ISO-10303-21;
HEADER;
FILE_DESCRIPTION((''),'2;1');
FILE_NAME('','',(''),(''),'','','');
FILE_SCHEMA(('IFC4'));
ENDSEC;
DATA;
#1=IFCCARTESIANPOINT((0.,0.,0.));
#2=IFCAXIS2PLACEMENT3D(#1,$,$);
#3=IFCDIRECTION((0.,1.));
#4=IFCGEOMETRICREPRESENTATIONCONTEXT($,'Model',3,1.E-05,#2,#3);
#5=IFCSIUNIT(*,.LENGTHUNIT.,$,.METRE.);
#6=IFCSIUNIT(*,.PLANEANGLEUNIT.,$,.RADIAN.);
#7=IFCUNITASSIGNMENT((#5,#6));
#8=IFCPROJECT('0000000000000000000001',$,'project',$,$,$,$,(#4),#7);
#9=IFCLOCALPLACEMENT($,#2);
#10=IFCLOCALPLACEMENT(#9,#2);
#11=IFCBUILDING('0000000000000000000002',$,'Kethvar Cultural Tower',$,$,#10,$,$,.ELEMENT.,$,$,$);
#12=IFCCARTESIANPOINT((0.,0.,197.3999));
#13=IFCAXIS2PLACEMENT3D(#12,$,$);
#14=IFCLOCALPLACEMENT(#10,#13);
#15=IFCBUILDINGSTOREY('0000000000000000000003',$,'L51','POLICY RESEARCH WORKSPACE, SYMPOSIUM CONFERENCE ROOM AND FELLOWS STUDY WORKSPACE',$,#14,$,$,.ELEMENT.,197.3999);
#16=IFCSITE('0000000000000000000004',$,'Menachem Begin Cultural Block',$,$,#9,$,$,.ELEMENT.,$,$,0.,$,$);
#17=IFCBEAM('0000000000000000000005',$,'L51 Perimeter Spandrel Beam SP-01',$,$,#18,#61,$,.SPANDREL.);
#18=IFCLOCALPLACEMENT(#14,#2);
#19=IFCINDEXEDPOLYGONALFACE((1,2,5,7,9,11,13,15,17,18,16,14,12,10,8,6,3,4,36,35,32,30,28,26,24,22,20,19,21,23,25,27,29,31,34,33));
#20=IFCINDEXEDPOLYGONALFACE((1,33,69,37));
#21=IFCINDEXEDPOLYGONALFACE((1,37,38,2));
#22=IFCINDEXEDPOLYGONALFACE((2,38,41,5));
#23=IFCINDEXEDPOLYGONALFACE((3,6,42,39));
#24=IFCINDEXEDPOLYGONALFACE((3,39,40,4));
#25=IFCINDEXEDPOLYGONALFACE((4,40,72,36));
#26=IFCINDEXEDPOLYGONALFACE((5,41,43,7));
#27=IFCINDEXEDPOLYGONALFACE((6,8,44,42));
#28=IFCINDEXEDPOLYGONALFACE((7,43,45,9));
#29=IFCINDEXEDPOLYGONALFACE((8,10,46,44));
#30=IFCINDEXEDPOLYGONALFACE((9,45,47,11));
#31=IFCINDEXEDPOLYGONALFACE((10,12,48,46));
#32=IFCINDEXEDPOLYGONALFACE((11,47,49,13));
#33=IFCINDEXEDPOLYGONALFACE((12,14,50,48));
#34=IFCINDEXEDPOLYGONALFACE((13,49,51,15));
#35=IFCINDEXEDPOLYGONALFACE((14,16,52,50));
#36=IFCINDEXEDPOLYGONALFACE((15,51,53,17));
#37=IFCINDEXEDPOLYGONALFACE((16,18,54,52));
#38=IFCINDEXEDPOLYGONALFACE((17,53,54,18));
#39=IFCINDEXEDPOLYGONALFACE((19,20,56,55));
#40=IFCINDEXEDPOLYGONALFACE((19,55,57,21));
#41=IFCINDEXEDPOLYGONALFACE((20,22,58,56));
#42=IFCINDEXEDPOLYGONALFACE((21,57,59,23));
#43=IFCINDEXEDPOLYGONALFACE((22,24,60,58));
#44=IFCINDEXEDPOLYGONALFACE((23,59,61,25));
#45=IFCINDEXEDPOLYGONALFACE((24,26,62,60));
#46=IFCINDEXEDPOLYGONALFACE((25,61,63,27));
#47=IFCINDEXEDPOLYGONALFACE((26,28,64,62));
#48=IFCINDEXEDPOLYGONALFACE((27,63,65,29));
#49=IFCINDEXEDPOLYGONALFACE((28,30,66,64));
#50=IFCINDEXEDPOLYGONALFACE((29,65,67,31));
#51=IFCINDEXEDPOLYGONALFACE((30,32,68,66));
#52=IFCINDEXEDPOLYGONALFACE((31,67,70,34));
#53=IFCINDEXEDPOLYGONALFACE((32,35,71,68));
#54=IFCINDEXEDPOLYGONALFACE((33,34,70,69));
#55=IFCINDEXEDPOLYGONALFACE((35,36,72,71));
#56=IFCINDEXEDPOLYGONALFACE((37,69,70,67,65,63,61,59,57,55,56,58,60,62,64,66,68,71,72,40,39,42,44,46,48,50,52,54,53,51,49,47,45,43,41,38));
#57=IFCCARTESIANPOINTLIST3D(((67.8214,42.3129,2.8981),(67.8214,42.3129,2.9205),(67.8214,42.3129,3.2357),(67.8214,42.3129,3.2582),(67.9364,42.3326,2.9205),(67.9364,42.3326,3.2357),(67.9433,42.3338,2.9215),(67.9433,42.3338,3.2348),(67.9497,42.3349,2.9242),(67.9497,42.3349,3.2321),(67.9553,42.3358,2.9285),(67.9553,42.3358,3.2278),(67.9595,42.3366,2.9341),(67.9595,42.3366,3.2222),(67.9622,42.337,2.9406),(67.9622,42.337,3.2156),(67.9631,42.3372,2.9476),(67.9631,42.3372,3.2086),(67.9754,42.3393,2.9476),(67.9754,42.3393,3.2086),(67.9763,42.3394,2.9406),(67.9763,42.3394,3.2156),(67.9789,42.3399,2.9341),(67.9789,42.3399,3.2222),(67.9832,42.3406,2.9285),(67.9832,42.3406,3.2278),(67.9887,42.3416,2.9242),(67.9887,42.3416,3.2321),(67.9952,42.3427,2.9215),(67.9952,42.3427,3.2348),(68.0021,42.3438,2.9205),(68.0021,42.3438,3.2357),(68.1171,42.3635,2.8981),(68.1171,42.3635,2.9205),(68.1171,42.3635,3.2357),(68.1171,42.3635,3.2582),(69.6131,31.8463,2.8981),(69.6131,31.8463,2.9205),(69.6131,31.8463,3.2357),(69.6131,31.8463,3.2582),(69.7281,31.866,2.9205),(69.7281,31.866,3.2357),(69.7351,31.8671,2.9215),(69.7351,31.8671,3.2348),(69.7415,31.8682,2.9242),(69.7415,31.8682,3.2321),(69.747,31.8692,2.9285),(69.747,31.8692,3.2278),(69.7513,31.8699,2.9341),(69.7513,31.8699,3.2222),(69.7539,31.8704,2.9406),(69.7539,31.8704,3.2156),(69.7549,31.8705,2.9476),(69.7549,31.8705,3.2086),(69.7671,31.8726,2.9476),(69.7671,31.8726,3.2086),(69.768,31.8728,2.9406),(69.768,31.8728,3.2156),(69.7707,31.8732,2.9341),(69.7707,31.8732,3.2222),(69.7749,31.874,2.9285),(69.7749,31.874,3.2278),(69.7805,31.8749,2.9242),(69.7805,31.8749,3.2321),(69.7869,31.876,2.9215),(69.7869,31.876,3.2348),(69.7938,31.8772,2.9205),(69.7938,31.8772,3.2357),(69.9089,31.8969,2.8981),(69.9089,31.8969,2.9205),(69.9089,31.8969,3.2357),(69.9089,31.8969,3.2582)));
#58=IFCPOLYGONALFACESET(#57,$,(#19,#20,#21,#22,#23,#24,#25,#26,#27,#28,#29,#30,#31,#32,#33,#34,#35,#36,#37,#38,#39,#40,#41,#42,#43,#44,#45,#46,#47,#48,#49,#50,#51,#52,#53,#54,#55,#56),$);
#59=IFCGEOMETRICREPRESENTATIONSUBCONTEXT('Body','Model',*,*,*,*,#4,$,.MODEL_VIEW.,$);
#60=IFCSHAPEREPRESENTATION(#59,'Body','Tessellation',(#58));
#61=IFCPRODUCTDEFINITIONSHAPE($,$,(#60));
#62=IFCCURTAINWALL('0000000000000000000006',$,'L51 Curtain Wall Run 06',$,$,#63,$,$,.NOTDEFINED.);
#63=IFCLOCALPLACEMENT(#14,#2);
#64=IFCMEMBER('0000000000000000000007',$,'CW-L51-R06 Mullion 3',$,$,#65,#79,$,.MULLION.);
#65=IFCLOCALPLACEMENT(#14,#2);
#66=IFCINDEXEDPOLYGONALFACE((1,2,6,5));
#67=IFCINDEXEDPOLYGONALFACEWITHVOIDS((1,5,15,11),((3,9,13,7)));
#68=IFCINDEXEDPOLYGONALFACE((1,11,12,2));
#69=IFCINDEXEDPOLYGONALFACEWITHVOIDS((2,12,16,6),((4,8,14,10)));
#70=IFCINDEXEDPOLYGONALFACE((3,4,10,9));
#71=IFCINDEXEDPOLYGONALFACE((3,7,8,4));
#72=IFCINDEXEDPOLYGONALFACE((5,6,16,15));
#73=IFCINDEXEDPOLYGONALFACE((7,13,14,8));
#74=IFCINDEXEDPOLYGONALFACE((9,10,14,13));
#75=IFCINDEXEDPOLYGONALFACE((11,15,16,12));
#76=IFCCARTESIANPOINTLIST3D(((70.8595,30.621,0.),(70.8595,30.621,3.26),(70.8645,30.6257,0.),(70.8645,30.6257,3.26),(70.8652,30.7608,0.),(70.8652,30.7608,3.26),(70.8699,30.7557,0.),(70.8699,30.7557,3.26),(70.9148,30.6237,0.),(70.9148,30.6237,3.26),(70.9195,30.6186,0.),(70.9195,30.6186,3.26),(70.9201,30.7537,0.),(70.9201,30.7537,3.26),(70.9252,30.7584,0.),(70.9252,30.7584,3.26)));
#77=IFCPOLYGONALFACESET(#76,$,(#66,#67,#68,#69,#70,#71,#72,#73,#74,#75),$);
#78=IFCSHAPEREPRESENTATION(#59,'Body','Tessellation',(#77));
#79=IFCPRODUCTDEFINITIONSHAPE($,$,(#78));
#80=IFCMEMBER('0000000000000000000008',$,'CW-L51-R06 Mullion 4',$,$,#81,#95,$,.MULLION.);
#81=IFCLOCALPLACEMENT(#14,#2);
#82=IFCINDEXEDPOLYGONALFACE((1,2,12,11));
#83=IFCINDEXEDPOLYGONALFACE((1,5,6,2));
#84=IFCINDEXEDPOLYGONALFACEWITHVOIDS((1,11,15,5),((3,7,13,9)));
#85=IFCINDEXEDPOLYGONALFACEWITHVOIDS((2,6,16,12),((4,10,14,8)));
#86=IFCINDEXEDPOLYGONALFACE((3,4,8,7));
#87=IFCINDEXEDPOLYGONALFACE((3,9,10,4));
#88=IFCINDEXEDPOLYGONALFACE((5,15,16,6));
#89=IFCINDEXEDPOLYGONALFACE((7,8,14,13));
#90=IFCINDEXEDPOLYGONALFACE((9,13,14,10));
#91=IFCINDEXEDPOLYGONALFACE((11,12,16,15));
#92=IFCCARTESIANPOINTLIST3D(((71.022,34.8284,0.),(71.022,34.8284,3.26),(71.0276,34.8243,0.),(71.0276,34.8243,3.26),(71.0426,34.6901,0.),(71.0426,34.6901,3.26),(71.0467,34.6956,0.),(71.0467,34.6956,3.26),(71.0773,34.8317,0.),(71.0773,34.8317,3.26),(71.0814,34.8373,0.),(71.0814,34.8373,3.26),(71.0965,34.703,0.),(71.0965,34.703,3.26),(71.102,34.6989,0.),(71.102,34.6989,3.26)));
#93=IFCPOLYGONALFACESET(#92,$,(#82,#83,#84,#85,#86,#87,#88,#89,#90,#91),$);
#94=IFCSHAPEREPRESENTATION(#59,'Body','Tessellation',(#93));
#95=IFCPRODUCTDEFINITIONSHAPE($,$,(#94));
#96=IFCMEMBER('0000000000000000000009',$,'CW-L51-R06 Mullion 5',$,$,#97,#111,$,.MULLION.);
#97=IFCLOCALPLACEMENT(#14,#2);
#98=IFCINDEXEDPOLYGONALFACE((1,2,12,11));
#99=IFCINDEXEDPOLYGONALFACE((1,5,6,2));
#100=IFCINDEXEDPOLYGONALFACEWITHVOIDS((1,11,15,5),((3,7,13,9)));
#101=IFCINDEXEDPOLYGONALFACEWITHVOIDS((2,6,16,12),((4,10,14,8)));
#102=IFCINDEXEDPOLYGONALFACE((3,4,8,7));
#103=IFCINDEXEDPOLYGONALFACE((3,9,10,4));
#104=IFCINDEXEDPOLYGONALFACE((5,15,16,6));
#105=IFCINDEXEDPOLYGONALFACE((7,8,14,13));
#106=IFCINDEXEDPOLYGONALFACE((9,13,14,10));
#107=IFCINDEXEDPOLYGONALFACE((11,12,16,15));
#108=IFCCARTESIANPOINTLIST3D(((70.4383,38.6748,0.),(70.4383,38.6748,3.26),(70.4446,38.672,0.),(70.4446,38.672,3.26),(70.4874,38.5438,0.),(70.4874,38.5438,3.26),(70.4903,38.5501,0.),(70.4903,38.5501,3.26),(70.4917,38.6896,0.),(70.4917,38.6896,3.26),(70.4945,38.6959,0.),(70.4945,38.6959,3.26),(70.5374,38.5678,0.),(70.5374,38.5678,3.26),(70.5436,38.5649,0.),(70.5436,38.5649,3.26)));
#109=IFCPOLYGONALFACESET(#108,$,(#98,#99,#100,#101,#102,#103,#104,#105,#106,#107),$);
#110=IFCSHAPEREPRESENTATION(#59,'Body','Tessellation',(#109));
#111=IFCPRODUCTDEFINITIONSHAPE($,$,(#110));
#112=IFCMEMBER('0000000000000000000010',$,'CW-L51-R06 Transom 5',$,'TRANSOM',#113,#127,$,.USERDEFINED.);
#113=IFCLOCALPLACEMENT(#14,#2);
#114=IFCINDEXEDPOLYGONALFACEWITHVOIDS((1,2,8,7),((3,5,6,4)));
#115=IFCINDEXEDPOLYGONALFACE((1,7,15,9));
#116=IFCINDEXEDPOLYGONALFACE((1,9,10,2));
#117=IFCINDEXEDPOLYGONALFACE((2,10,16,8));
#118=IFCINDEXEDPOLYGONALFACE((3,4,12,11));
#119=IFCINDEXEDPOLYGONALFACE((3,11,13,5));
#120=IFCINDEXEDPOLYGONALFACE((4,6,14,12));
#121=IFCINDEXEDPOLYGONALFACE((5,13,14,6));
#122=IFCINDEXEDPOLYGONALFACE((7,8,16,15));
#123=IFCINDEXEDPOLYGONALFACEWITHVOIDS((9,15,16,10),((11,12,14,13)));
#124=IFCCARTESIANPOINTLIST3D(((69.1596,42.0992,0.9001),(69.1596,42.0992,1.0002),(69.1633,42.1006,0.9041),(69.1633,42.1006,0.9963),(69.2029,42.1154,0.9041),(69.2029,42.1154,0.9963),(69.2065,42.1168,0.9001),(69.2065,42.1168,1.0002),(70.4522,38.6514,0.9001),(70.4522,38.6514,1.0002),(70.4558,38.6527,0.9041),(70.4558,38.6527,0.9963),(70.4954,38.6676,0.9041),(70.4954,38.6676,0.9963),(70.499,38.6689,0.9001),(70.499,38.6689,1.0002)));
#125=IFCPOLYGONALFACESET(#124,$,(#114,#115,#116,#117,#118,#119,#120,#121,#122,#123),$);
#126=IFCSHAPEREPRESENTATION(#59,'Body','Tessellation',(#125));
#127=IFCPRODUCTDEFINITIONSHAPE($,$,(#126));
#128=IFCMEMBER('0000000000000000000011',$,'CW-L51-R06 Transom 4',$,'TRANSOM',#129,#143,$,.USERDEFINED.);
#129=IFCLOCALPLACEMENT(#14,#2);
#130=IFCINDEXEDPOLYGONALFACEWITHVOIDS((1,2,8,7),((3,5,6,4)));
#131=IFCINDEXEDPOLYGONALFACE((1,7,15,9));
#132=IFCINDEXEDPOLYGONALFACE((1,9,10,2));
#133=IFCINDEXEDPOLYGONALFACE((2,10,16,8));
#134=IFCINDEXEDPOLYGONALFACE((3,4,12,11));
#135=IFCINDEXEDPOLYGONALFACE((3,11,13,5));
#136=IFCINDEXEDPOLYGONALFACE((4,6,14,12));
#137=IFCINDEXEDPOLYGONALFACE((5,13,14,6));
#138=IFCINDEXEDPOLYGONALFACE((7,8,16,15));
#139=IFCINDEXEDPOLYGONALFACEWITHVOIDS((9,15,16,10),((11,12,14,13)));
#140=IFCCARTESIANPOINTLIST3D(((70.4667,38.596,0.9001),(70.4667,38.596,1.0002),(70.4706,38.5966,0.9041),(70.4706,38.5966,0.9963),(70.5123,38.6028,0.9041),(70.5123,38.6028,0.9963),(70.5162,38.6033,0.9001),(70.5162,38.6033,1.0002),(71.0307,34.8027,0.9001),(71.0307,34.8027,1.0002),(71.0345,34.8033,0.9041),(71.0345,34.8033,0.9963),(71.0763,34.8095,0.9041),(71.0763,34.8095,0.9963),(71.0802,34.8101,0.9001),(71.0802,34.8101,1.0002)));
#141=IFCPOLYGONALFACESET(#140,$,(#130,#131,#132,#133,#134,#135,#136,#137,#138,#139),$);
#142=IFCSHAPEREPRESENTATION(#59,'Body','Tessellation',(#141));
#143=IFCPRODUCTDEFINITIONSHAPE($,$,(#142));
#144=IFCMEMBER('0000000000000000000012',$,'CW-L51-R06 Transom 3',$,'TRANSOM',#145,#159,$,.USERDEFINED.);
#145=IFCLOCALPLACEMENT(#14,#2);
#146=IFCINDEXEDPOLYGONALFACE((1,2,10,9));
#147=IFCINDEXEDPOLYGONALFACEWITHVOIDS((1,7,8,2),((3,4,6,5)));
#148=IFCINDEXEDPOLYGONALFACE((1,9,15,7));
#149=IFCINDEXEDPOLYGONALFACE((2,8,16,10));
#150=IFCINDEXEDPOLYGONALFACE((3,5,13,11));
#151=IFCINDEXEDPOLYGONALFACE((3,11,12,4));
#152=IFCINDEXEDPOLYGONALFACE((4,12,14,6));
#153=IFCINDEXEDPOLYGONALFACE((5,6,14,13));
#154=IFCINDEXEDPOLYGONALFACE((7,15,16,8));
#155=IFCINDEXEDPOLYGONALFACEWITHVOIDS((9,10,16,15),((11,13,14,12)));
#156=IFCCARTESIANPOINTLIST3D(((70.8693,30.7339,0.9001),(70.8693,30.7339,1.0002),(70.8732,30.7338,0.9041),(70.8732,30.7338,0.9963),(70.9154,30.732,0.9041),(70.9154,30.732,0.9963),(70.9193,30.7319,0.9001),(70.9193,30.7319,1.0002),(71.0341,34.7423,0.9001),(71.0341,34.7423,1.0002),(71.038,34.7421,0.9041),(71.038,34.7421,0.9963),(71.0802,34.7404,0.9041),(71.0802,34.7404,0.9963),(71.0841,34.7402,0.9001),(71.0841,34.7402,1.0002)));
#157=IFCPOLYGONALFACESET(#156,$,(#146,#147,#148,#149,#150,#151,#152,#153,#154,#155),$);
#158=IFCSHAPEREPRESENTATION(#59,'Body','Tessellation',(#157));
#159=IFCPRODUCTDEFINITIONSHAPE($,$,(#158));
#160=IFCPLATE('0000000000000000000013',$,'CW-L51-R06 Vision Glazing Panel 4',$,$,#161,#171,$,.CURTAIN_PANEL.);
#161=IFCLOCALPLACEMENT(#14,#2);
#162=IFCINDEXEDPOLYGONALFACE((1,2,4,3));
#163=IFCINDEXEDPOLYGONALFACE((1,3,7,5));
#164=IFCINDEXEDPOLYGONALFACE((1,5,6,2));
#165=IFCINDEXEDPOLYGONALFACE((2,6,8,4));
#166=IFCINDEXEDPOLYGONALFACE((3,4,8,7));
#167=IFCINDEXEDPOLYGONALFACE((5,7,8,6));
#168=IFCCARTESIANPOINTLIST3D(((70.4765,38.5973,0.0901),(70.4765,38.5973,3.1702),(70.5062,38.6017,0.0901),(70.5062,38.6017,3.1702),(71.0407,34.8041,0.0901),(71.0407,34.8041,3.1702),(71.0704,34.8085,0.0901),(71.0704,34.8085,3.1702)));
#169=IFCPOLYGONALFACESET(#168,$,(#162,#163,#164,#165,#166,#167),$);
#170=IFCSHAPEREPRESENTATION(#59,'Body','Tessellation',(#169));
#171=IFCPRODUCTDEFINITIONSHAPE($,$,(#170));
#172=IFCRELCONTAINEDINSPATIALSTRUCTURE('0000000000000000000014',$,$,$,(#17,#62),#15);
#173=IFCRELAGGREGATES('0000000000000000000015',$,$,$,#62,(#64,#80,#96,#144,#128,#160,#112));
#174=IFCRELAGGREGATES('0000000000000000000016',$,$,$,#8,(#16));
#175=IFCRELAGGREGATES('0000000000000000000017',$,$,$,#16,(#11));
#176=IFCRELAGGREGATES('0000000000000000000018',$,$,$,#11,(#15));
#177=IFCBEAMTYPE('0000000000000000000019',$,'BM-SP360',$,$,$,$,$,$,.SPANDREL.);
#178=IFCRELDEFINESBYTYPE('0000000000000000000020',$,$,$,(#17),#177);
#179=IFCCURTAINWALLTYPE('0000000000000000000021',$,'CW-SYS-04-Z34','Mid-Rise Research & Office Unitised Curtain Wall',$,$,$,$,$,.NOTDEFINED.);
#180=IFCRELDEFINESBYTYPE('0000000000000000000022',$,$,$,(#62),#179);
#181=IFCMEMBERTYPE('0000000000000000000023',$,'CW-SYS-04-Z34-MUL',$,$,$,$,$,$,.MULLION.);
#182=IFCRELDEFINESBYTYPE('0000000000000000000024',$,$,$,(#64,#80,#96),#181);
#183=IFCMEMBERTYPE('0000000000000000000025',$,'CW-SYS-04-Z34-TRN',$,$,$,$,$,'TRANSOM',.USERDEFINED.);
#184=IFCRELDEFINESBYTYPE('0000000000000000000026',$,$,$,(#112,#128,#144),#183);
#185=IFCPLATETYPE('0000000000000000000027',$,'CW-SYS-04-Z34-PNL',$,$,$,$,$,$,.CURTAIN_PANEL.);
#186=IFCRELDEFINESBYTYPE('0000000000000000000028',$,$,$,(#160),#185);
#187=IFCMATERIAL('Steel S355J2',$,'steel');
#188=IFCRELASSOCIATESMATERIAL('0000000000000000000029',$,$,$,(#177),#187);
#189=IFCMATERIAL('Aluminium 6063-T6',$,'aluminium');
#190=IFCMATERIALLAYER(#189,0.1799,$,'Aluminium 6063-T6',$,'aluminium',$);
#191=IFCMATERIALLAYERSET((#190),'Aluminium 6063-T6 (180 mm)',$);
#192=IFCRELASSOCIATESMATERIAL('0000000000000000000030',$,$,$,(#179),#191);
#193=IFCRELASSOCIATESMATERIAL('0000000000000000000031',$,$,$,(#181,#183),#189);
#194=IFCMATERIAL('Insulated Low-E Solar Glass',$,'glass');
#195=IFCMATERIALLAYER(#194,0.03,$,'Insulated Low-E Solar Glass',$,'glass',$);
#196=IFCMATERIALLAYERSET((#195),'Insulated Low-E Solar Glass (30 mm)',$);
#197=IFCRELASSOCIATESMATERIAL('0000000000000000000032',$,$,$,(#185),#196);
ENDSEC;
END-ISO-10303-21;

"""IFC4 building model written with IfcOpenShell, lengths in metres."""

from ifc_helpers import new_model, si_unit, direction, frame, origin, origin_2d, place, context, subcontext, project, spatial, rectangle, hollow_rectangle, i_section, extrude, source, transform, mapped, material, layer, layer_set, material_profile, profile_set, type_object, element, aggregate, save


model = new_model("IFC4")

# Units and contexts
model_context = context("Model", 3, precision=1e-05, world=origin(), true_north=direction((0.0, 1.0)))
body_context = subcontext(model_context, "Body", "Model", "MODEL_VIEW")
ifc_project = project(units=[si_unit("LENGTHUNIT", "METRE"), si_unit("PLANEANGLEUNIT", "RADIAN")], contexts=[model_context])

# Site, building, storey
site_placement = place(None, origin())
site = spatial("IfcSite", under=ifc_project, at=site_placement, Name="Menachem Begin Cultural Block", CompositionType="ELEMENT", RefElevation=0.0)
building_placement = place(site_placement, origin())
building = spatial("IfcBuilding", under=site, at=building_placement, Name="Kethvar Cultural Tower", CompositionType="ELEMENT")
storey_placement = place(building_placement, frame((0.0, 0.0, 197.3999)))
storey = spatial("IfcBuildingStorey", under=building, at=storey_placement, Name="L51", Description="POLICY RESEARCH WORKSPACE, SYMPOSIUM CONFERENCE ROOM AND FELLOWS STUDY WORKSPACE", CompositionType="ELEMENT", Elevation=197.3999)

# Beam
ifc_material_1 = material(Name="Steel S355J2", Category="steel")
ifc_material_profile_1 = material_profile(ifc_material_1, i_section(OverallWidth=0.3, OverallDepth=0.3601, WebThickness=0.0125, FlangeThickness=0.0225, FilletRadius=0.0271, at=origin_2d()), Name="Steel S355J2 — HEB360")
ifc_profile_set_1 = profile_set([ifc_material_profile_1], Name="Steel S355J2 — HEB360")
beam_type_1 = type_object("IfcBeamType", Name="BM-SP360", PredefinedType="SPANDREL", material=ifc_profile_set_1)
shared_shape_1 = source(origin(), body_context, "Body", "SweptSolid", [
    extrude(i_section(OverallWidth=0.3, OverallDepth=0.3601, WebThickness=0.0125, FlangeThickness=0.0225, FilletRadius=0.0271, at=origin_2d()), origin(), (0.0, 0.0, 1.0), 10.6189),
])
beam_1_placement = place(storey_placement, frame((69.761, 31.8716, 3.0781), z_axis=(-0.168733, 0.985662, 0.0), x_axis=(-0.985662, -0.168733, 0.0)))
element("IfcBeam", 1, at=beam_1_placement, inside=storey, type_object=beam_type_1, Name="L51 Perimeter Spandrel Beam SP-01", PredefinedType="SPANDREL", context=body_context, shape_type="MappedRepresentation", body=[
    mapped(shared_shape_1, transform((0.0, 0.0, 0.0), scale=1.0)),
])

# Curtain wall, members, plate
ifc_material_2 = material(Name="Aluminium 6063-T6", Category="aluminium")
ifc_layer_1 = layer(ifc_material_2, 0.1799, Name="Aluminium 6063-T6", Category="aluminium")
ifc_layer_set_1 = layer_set([ifc_layer_1], Name="Aluminium 6063-T6 (180 mm)")
curtain_wall_type = type_object("IfcCurtainWallType", Name="CW-SYS-04-Z34", Description="Mid-Rise Research & Office Unitised Curtain Wall", PredefinedType="NOTDEFINED", material=ifc_layer_set_1)
curtain_wall_placement = place(storey_placement, origin())
curtain_wall = element("IfcCurtainWall", 2, at=curtain_wall_placement, inside=storey, type_object=curtain_wall_type, Name="L51 Curtain Wall Run 06", PredefinedType="NOTDEFINED")
ifc_material_profile_2 = material_profile(ifc_material_2, hollow_rectangle(XDim=0.0601, YDim=0.1399, WallThickness=0.0049, at=origin_2d()), Name="Aluminium 6063-T6 — RHS140x60x5")
ifc_profile_set_2 = profile_set([ifc_material_profile_2], Name="Aluminium 6063-T6 — RHS140x60x5")
member_type_1 = type_object("IfcMemberType", Name="CW-SYS-04-Z34-MUL", PredefinedType="MULLION", material=ifc_profile_set_2)
shared_shape_2 = source(origin(), body_context, "Body", "SweptSolid", [
    extrude(hollow_rectangle(XDim=0.0601, YDim=0.1399, WallThickness=0.0049, at=origin_2d()), origin(), (0.0, 0.0, 1.0), 3.26),
])
member_1_placement = place(storey_placement, frame((70.8923, 30.6897, 0.0), z_axis=(0.0, 0.0, 1.0), x_axis=(-0.999155, 0.041091, 0.0)))
member_1 = element("IfcMember", 3, at=member_1_placement, type_object=member_type_1, Name="CW-L51-R06 Mullion 3", PredefinedType="MULLION", context=body_context, shape_type="MappedRepresentation", body=[
    mapped(shared_shape_2, transform((0.0, 0.0, 0.0), scale=1.0)),
])
member_2_placement = place(storey_placement, frame((71.062, 34.7637, 0.0), z_axis=(0.0, 0.0, 1.0), x_axis=(-0.989121, -0.147102, 0.0)))
member_2 = element("IfcMember", 4, at=member_2_placement, type_object=member_type_1, Name="CW-L51-R06 Mullion 4", PredefinedType="MULLION", context=body_context, shape_type="MappedRepresentation", body=[
    mapped(shared_shape_2, transform((0.0, 0.0, 0.0), scale=1.0)),
])
member_3_placement = place(storey_placement, frame((70.491, 38.6199, 0.0), z_axis=(0.0, 0.0, 1.0), x_axis=(-0.936342, -0.35109, 0.0)))
member_3 = element("IfcMember", 5, at=member_3_placement, type_object=member_type_1, Name="CW-L51-R06 Mullion 5", PredefinedType="MULLION", context=body_context, shape_type="MappedRepresentation", body=[
    mapped(shared_shape_2, transform((0.0, 0.0, 0.0), scale=1.0)),
])
ifc_material_profile_3 = material_profile(ifc_material_2, hollow_rectangle(XDim=0.05, YDim=0.1001, WallThickness=0.0039, at=origin_2d()), Name="Aluminium 6063-T6 — RHS100x50x4")
ifc_profile_set_3 = profile_set([ifc_material_profile_3], Name="Aluminium 6063-T6 — RHS100x50x4")
member_type_2 = type_object("IfcMemberType", Name="CW-SYS-04-Z34-TRN", ElementType="TRANSOM", PredefinedType="USERDEFINED", material=ifc_profile_set_3)
shared_shape_3 = source(origin(), body_context, "Body", "SweptSolid", [
    extrude(hollow_rectangle(XDim=0.05, YDim=0.1001, WallThickness=0.0039, at=origin_2d()), origin(), (0.0, 0.0, 1.0), 3.6821),
])
member_4_placement = place(storey_placement, frame((70.4756, 38.6602, 0.9502), z_axis=(-0.351022, 0.936367, 0.0), x_axis=(-0.936367, -0.351022, 0.0)))
member_4 = element("IfcMember", 6, at=member_4_placement, type_object=member_type_2, Name="CW-L51-R06 Transom 5", ObjectType="TRANSOM", PredefinedType="USERDEFINED", context=body_context, shape_type="MappedRepresentation", body=[
    mapped(shared_shape_3, transform((0.0, 0.0, 0.0), scale=1.0)),
])
shared_shape_4 = source(origin(), body_context, "Body", "SweptSolid", [
    extrude(hollow_rectangle(XDim=0.05, YDim=0.1001, WallThickness=0.0039, at=origin_2d()), origin(), (0.0, 0.0, 1.0), 3.835),
])
member_5_placement = place(storey_placement, frame((71.0554, 34.8064, 0.9502), z_axis=(-0.147061, 0.989127, 0.0), x_axis=(-0.989127, -0.147061, 0.0)))
member_5 = element("IfcMember", 7, at=member_5_placement, type_object=member_type_2, Name="CW-L51-R06 Transom 4", ObjectType="TRANSOM", PredefinedType="USERDEFINED", context=body_context, shape_type="MappedRepresentation", body=[
    mapped(shared_shape_4, transform((0.0, 0.0, 0.0), scale=1.0)),
])
shared_shape_5 = source(origin(), body_context, "Body", "SweptSolid", [
    extrude(hollow_rectangle(XDim=0.05, YDim=0.1001, WallThickness=0.0039, at=origin_2d()), origin(), (0.0, 0.0, 1.0), 4.0117),
])
member_6_placement = place(storey_placement, frame((70.8943, 30.7329, 0.9502), z_axis=(0.041079, 0.999156, 0.0), x_axis=(-0.999156, 0.041079, 0.0)))
member_6 = element("IfcMember", 8, at=member_6_placement, type_object=member_type_2, Name="CW-L51-R06 Transom 3", ObjectType="TRANSOM", PredefinedType="USERDEFINED", context=body_context, shape_type="MappedRepresentation", body=[
    mapped(shared_shape_5, transform((0.0, 0.0, 0.0), scale=1.0)),
])
ifc_material_3 = material(Name="Insulated Low-E Solar Glass", Category="glass")
ifc_layer_2 = layer(ifc_material_3, 0.03, Name="Insulated Low-E Solar Glass", Category="glass")
ifc_layer_set_2 = layer_set([ifc_layer_2], Name="Insulated Low-E Solar Glass (30 mm)")
plate_type = type_object("IfcPlateType", Name="CW-SYS-04-Z34-PNL", PredefinedType="CURTAIN_PANEL", material=ifc_layer_set_2)
shared_shape_6 = source(origin(), body_context, "Body", "SweptSolid", [
    extrude(rectangle(XDim=3.835, YDim=0.03, at=origin_2d()), origin(), (0.0, 0.0, 1.0), 3.0801),
])
plate_1_placement = place(storey_placement, frame((70.7734, 36.7029, 0.0901), z_axis=(0.0, 0.0, 1.0), x_axis=(-0.147102, 0.989121, 0.0)))
plate_1 = element("IfcPlate", 9, at=plate_1_placement, type_object=plate_type, Name="CW-L51-R06 Vision Glazing Panel 4", PredefinedType="CURTAIN_PANEL", context=body_context, shape_type="MappedRepresentation", body=[
    mapped(shared_shape_6, transform((0.0, 0.0, 0.0), scale=1.0)),
])
aggregate(curtain_wall, [member_1, member_2, member_3, member_6, member_5, plate_1, member_4])

save(model, "model.ifc")
